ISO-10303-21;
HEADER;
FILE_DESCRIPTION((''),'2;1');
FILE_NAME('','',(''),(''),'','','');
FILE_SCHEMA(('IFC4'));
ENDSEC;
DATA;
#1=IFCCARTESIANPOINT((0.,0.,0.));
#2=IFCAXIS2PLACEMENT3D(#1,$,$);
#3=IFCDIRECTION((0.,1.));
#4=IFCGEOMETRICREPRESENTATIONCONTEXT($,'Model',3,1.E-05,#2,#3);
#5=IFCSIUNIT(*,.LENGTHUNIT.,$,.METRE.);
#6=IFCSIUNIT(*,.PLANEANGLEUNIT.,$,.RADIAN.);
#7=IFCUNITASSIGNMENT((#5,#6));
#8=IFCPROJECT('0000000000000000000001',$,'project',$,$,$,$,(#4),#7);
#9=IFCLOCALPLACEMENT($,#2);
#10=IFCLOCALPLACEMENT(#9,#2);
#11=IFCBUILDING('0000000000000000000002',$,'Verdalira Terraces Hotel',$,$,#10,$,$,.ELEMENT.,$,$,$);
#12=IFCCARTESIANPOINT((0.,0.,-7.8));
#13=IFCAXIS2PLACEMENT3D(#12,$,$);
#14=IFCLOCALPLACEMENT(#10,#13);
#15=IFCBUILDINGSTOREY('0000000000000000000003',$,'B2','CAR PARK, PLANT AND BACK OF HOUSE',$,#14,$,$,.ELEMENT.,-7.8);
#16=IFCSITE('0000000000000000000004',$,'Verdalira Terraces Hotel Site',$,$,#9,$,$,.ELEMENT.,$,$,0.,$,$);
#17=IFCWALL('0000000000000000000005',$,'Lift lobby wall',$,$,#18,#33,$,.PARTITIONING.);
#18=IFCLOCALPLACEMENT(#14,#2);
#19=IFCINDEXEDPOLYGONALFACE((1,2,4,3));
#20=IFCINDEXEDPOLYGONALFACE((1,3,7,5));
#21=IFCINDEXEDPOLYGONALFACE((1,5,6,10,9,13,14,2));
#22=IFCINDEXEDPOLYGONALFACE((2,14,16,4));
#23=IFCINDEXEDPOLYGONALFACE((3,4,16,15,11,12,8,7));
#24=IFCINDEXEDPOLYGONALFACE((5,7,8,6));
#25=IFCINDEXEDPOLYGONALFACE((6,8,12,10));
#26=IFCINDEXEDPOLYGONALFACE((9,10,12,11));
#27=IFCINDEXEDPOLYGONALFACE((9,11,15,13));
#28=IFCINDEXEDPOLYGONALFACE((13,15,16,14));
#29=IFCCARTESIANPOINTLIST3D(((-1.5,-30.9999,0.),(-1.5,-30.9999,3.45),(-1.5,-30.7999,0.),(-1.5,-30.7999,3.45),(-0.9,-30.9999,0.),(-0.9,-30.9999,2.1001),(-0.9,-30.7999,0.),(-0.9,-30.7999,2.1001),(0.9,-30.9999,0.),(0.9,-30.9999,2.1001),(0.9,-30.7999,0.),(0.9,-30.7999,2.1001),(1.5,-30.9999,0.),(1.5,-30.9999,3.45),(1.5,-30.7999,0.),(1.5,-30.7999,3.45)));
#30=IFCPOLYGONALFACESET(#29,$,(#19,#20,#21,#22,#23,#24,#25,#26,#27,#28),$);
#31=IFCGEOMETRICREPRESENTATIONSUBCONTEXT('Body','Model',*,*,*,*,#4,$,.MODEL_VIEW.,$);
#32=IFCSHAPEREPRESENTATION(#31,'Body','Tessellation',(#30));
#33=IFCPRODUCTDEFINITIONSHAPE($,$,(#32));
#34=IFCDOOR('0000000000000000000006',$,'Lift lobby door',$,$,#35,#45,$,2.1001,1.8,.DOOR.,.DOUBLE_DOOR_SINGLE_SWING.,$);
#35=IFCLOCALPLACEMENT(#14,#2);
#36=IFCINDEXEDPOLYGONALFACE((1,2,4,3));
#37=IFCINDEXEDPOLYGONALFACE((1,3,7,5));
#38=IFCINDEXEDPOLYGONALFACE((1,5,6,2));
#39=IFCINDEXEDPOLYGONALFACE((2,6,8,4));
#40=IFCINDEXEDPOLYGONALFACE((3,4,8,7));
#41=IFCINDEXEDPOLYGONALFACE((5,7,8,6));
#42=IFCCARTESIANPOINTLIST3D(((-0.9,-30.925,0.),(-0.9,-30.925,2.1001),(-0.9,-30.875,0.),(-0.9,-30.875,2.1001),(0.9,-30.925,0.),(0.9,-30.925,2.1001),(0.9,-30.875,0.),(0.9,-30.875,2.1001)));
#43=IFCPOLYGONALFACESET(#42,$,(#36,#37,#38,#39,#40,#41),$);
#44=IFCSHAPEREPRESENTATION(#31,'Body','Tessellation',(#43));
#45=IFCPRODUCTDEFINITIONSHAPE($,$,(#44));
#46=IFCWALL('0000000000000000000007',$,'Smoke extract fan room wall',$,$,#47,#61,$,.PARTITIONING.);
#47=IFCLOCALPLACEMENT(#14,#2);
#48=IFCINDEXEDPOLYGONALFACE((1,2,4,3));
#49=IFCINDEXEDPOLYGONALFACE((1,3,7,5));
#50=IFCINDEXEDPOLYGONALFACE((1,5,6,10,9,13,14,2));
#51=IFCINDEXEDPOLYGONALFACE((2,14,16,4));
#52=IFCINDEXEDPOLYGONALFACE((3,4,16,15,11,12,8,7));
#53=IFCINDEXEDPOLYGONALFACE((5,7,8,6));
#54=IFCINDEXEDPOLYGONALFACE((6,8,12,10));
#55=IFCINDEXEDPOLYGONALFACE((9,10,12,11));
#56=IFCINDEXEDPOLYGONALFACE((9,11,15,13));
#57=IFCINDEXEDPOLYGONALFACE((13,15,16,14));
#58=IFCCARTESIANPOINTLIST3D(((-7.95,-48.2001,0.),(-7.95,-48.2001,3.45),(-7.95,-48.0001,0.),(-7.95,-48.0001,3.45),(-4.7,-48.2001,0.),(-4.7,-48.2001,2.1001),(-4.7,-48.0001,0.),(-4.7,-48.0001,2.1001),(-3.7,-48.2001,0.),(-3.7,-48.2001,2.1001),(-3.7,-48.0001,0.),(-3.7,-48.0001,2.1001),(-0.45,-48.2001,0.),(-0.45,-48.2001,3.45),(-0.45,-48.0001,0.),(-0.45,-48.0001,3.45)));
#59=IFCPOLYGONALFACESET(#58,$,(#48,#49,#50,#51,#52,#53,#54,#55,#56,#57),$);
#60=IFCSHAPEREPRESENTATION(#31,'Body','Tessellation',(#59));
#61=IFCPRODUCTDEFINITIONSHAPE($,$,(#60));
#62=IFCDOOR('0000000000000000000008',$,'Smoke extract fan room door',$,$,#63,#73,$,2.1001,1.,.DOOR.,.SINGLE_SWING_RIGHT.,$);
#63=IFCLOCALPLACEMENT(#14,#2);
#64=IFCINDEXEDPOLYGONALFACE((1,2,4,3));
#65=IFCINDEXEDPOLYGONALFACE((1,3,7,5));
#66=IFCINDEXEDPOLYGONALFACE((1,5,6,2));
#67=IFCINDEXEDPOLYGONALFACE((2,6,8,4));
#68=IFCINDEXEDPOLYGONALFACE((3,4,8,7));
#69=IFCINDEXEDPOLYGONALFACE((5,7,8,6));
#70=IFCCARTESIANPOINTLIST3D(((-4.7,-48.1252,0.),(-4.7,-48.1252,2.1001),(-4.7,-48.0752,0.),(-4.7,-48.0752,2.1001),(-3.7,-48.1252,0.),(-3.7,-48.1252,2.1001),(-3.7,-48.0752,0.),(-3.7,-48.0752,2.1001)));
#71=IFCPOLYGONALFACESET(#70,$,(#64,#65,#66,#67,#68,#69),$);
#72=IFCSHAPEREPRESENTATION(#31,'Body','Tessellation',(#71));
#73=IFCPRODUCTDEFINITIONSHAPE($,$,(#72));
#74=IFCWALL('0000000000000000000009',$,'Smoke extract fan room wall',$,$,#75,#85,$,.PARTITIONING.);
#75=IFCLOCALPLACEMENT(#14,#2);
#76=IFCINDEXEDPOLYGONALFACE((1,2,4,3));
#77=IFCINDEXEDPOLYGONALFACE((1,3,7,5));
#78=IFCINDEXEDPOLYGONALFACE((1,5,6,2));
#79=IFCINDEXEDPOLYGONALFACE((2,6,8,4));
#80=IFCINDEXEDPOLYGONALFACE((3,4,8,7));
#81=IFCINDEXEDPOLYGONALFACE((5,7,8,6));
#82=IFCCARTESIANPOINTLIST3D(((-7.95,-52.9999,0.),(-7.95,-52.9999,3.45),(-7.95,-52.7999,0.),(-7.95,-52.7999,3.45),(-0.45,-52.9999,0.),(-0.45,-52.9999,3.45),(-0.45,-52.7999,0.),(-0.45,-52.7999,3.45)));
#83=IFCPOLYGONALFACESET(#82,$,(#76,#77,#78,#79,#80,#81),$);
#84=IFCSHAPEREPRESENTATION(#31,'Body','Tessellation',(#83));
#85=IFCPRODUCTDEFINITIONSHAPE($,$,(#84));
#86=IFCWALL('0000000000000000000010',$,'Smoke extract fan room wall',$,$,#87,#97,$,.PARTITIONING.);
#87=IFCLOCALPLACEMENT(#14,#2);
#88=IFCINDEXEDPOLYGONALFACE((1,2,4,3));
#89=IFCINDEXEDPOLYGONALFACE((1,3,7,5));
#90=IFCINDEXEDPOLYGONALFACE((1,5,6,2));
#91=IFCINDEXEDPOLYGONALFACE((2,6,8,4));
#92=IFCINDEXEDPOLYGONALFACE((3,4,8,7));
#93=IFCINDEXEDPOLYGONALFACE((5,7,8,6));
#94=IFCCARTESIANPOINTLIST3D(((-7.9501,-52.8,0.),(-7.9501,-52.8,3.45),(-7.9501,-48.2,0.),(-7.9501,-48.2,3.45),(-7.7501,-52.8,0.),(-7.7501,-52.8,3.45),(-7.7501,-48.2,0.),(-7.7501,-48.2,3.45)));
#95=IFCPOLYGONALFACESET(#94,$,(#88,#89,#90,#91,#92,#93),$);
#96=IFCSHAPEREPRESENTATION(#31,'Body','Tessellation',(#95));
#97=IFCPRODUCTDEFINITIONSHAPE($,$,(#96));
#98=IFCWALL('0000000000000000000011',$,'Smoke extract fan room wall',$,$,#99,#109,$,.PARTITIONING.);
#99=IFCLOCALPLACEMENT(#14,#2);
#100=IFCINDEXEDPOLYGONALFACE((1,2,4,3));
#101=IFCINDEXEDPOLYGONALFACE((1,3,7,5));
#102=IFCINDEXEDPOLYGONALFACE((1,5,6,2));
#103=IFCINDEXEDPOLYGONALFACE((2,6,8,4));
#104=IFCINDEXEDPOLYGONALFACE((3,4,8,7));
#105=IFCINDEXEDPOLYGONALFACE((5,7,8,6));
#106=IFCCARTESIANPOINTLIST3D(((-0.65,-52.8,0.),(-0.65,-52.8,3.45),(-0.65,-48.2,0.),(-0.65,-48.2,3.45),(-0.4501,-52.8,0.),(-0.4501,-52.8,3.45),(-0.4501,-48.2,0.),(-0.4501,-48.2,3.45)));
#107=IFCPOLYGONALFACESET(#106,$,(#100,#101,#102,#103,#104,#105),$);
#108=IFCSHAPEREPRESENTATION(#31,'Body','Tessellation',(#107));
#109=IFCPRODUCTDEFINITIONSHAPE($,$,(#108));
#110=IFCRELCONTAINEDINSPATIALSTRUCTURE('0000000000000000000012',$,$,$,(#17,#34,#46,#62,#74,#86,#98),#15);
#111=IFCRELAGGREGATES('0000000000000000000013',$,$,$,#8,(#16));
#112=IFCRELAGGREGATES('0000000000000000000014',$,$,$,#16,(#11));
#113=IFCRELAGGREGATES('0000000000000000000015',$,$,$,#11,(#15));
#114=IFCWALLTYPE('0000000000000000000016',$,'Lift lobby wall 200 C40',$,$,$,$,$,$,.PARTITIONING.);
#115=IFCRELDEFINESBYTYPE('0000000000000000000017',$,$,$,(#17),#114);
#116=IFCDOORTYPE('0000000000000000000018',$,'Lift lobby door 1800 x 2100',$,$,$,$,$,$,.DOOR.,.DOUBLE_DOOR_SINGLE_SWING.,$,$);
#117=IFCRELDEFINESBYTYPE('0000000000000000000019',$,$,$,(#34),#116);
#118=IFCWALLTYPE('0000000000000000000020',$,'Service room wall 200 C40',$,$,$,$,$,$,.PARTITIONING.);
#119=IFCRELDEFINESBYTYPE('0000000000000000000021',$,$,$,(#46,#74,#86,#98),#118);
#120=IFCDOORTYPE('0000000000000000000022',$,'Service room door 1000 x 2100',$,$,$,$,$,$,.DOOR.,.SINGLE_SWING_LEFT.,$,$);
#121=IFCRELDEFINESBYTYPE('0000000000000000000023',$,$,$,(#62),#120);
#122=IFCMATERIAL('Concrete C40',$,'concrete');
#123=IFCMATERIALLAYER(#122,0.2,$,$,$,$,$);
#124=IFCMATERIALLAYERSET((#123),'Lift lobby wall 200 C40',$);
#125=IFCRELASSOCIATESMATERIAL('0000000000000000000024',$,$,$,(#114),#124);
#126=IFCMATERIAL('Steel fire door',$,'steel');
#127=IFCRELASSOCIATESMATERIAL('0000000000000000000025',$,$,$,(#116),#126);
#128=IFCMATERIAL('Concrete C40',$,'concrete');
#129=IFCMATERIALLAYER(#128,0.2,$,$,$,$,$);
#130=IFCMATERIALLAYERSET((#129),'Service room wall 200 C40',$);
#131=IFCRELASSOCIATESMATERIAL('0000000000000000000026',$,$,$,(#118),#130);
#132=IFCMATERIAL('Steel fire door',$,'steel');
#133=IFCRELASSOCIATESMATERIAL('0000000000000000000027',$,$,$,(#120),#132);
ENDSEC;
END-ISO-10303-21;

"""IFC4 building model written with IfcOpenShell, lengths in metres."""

from ifc_helpers import new_model, si_unit, direction, frame, frame_2d, origin, place, context, subcontext, project, spatial, rectangle, extrude, material, layer, layer_set, type_object, element, fill, save


model = new_model("IFC4")

# Units and contexts
model_context = context("Model", 3, precision=1e-05, world=origin(), true_north=direction((0.0, 1.0)))
body_context = subcontext(model_context, "Body", "Model", "MODEL_VIEW")
ifc_project = project(units=[si_unit("LENGTHUNIT", "METRE"), si_unit("PLANEANGLEUNIT", "RADIAN")], contexts=[model_context])

# Site, building, storey
site_placement = place(None, origin())
site = spatial("IfcSite", under=ifc_project, at=site_placement, Name="Verdalira Terraces Hotel Site", CompositionType="ELEMENT", RefElevation=0.0)
building_placement = place(site_placement, origin())
building = spatial("IfcBuilding", under=site, at=building_placement, Name="Verdalira Terraces Hotel", CompositionType="ELEMENT")
storey_placement = place(building_placement, frame((0.0, 0.0, -7.8)))
storey = spatial("IfcBuildingStorey", under=building, at=storey_placement, Name="B2", Description="CAR PARK, PLANT AND BACK OF HOUSE", CompositionType="ELEMENT", Elevation=-7.8)

# Shared definitions
ifc_material_1 = material(Name="Concrete C40", Category="concrete")
ifc_layer_1 = layer(ifc_material_1, 0.2)
ifc_layer_set_1 = layer_set([ifc_layer_1], Name="Lift lobby wall 200 C40")
wall_type_1 = type_object("IfcWallType", Name="Lift lobby wall 200 C40", PredefinedType="PARTITIONING", material=ifc_layer_set_1)

# Walls, openings, doors
wall_1_placement = place(storey_placement, frame((-1.5, -30.8999, 0.0), z_axis=(0.0, 0.0, 1.0), x_axis=(1.0, 0.0, 0.0)))
wall_1 = element("IfcWall", 1, at=wall_1_placement, inside=storey, type_object=wall_type_1, Name="Lift lobby wall", PredefinedType="PARTITIONING", context=body_context, shape_type="SweptSolid", body=[
    extrude(rectangle(XDim=3.0, YDim=0.2, at=frame_2d((1.5, 0.0))), origin(), (0.0, 0.0, 1.0), 3.45),
])
opening_1_placement = place(wall_1_placement, frame((0.6001, 0.0, 0.0)))
opening_1 = element("IfcOpeningElement", 2, at=opening_1_placement, cuts=wall_1, PredefinedType="OPENING", context=body_context, shape_type="SweptSolid", body=[
    extrude(rectangle(XDim=1.8, YDim=2.1001, at=frame_2d((0.8999, 1.05))), frame((0.0, 0.1099, 0.0), z_axis=(0.0, -1.0, 0.0), x_axis=(1.0, 0.0, 0.0)), (0.0, 0.0, 1.0), 0.22),
])
ifc_material_2 = material(Name="Steel fire door", Category="steel")
door_type_1 = type_object("IfcDoorType", Name="Lift lobby door 1800 x 2100", OperationType="DOUBLE_DOOR_SINGLE_SWING", PredefinedType="DOOR", material=ifc_material_2)
door_1_placement = place(opening_1_placement, origin())
door_1 = element("IfcDoor", 3, at=door_1_placement, inside=storey, type_object=door_type_1, Name="Lift lobby door", OperationType="DOUBLE_DOOR_SINGLE_SWING", OverallHeight=2.1001, OverallWidth=1.8, PredefinedType="DOOR", context=body_context, shape_type="SweptSolid", body=[
    extrude(rectangle(XDim=1.8, YDim=2.1001, at=frame_2d((0.8999, 1.05))), frame((0.0, 0.0249, 0.0), z_axis=(0.0, -1.0, 0.0), x_axis=(1.0, 0.0, 0.0)), (0.0, 0.0, 1.0), 0.05),
])
fill(opening_1, door_1)
ifc_material_3 = material(Name="Concrete C40", Category="concrete")
ifc_layer_2 = layer(ifc_material_3, 0.2)
ifc_layer_set_2 = layer_set([ifc_layer_2], Name="Service room wall 200 C40")
wall_type_2 = type_object("IfcWallType", Name="Service room wall 200 C40", PredefinedType="PARTITIONING", material=ifc_layer_set_2)
wall_2_placement = place(storey_placement, frame((-7.95, -48.1001, 0.0), z_axis=(0.0, 0.0, 1.0), x_axis=(1.0, 0.0, 0.0)))
wall_2 = element("IfcWall", 4, at=wall_2_placement, inside=storey, type_object=wall_type_2, Name="Smoke extract fan room wall", PredefinedType="PARTITIONING", context=body_context, shape_type="SweptSolid", body=[
    extrude(rectangle(XDim=7.5, YDim=0.2, at=frame_2d((3.75, 0.0))), origin(), (0.0, 0.0, 1.0), 3.45),
])
opening_2_placement = place(wall_2_placement, frame((3.25, 0.0, 0.0)))
opening_2 = element("IfcOpeningElement", 5, at=opening_2_placement, cuts=wall_2, PredefinedType="OPENING", context=body_context, shape_type="SweptSolid", body=[
    extrude(rectangle(XDim=1.0, YDim=2.1001, at=frame_2d((0.5, 1.05))), frame((0.0, 0.1099, 0.0), z_axis=(0.0, -1.0, 0.0), x_axis=(1.0, 0.0, 0.0)), (0.0, 0.0, 1.0), 0.22),
])
ifc_material_4 = material(Name="Steel fire door", Category="steel")
door_type_2 = type_object("IfcDoorType", Name="Service room door 1000 x 2100", OperationType="SINGLE_SWING_LEFT", PredefinedType="DOOR", material=ifc_material_4)
door_2_placement = place(opening_2_placement, origin())
door_2 = element("IfcDoor", 6, at=door_2_placement, inside=storey, type_object=door_type_2, Name="Smoke extract fan room door", OperationType="SINGLE_SWING_RIGHT", OverallHeight=2.1001, OverallWidth=1.0, PredefinedType="DOOR", context=body_context, shape_type="SweptSolid", body=[
    extrude(rectangle(XDim=1.0, YDim=2.1001, at=frame_2d((0.5, 1.05))), frame((0.0, 0.0249, 0.0), z_axis=(0.0, -1.0, 0.0), x_axis=(1.0, 0.0, 0.0)), (0.0, 0.0, 1.0), 0.05),
])
fill(opening_2, door_2)

# Walls
wall_3_placement = place(storey_placement, frame((-7.95, -52.8999, 0.0), z_axis=(0.0, 0.0, 1.0), x_axis=(1.0, 0.0, 0.0)))
element("IfcWall", 7, at=wall_3_placement, inside=storey, type_object=wall_type_2, Name="Smoke extract fan room wall", PredefinedType="PARTITIONING", context=body_context, shape_type="SweptSolid", body=[
    extrude(rectangle(XDim=7.5, YDim=0.2, at=frame_2d((3.75, 0.0))), origin(), (0.0, 0.0, 1.0), 3.45),
])
for number, where, z_axis, x_axis, name in (
    (8, (-7.8501, -52.8, 0.0), (0.0, 0.0, 1.0), (0.0, 1.0, 0.0), "Smoke extract fan room wall"),
    (9, (-0.55, -52.8, 0.0), (0.0, 0.0, 1.0), (0.0, 1.0, 0.0), "Smoke extract fan room wall"),
):
    element("IfcWall", number, at=place(storey_placement, frame(where, z_axis=z_axis, x_axis=x_axis)), inside=storey, type_object=wall_type_2, Name=name, PredefinedType="PARTITIONING", context=body_context, shape_type="SweptSolid", body=[
        extrude(rectangle(XDim=4.6001, YDim=0.2, at=frame_2d((2.3, 0.0))), origin(), (0.0, 0.0, 1.0), 3.45),
    ])

save(model, "model.ifc")
